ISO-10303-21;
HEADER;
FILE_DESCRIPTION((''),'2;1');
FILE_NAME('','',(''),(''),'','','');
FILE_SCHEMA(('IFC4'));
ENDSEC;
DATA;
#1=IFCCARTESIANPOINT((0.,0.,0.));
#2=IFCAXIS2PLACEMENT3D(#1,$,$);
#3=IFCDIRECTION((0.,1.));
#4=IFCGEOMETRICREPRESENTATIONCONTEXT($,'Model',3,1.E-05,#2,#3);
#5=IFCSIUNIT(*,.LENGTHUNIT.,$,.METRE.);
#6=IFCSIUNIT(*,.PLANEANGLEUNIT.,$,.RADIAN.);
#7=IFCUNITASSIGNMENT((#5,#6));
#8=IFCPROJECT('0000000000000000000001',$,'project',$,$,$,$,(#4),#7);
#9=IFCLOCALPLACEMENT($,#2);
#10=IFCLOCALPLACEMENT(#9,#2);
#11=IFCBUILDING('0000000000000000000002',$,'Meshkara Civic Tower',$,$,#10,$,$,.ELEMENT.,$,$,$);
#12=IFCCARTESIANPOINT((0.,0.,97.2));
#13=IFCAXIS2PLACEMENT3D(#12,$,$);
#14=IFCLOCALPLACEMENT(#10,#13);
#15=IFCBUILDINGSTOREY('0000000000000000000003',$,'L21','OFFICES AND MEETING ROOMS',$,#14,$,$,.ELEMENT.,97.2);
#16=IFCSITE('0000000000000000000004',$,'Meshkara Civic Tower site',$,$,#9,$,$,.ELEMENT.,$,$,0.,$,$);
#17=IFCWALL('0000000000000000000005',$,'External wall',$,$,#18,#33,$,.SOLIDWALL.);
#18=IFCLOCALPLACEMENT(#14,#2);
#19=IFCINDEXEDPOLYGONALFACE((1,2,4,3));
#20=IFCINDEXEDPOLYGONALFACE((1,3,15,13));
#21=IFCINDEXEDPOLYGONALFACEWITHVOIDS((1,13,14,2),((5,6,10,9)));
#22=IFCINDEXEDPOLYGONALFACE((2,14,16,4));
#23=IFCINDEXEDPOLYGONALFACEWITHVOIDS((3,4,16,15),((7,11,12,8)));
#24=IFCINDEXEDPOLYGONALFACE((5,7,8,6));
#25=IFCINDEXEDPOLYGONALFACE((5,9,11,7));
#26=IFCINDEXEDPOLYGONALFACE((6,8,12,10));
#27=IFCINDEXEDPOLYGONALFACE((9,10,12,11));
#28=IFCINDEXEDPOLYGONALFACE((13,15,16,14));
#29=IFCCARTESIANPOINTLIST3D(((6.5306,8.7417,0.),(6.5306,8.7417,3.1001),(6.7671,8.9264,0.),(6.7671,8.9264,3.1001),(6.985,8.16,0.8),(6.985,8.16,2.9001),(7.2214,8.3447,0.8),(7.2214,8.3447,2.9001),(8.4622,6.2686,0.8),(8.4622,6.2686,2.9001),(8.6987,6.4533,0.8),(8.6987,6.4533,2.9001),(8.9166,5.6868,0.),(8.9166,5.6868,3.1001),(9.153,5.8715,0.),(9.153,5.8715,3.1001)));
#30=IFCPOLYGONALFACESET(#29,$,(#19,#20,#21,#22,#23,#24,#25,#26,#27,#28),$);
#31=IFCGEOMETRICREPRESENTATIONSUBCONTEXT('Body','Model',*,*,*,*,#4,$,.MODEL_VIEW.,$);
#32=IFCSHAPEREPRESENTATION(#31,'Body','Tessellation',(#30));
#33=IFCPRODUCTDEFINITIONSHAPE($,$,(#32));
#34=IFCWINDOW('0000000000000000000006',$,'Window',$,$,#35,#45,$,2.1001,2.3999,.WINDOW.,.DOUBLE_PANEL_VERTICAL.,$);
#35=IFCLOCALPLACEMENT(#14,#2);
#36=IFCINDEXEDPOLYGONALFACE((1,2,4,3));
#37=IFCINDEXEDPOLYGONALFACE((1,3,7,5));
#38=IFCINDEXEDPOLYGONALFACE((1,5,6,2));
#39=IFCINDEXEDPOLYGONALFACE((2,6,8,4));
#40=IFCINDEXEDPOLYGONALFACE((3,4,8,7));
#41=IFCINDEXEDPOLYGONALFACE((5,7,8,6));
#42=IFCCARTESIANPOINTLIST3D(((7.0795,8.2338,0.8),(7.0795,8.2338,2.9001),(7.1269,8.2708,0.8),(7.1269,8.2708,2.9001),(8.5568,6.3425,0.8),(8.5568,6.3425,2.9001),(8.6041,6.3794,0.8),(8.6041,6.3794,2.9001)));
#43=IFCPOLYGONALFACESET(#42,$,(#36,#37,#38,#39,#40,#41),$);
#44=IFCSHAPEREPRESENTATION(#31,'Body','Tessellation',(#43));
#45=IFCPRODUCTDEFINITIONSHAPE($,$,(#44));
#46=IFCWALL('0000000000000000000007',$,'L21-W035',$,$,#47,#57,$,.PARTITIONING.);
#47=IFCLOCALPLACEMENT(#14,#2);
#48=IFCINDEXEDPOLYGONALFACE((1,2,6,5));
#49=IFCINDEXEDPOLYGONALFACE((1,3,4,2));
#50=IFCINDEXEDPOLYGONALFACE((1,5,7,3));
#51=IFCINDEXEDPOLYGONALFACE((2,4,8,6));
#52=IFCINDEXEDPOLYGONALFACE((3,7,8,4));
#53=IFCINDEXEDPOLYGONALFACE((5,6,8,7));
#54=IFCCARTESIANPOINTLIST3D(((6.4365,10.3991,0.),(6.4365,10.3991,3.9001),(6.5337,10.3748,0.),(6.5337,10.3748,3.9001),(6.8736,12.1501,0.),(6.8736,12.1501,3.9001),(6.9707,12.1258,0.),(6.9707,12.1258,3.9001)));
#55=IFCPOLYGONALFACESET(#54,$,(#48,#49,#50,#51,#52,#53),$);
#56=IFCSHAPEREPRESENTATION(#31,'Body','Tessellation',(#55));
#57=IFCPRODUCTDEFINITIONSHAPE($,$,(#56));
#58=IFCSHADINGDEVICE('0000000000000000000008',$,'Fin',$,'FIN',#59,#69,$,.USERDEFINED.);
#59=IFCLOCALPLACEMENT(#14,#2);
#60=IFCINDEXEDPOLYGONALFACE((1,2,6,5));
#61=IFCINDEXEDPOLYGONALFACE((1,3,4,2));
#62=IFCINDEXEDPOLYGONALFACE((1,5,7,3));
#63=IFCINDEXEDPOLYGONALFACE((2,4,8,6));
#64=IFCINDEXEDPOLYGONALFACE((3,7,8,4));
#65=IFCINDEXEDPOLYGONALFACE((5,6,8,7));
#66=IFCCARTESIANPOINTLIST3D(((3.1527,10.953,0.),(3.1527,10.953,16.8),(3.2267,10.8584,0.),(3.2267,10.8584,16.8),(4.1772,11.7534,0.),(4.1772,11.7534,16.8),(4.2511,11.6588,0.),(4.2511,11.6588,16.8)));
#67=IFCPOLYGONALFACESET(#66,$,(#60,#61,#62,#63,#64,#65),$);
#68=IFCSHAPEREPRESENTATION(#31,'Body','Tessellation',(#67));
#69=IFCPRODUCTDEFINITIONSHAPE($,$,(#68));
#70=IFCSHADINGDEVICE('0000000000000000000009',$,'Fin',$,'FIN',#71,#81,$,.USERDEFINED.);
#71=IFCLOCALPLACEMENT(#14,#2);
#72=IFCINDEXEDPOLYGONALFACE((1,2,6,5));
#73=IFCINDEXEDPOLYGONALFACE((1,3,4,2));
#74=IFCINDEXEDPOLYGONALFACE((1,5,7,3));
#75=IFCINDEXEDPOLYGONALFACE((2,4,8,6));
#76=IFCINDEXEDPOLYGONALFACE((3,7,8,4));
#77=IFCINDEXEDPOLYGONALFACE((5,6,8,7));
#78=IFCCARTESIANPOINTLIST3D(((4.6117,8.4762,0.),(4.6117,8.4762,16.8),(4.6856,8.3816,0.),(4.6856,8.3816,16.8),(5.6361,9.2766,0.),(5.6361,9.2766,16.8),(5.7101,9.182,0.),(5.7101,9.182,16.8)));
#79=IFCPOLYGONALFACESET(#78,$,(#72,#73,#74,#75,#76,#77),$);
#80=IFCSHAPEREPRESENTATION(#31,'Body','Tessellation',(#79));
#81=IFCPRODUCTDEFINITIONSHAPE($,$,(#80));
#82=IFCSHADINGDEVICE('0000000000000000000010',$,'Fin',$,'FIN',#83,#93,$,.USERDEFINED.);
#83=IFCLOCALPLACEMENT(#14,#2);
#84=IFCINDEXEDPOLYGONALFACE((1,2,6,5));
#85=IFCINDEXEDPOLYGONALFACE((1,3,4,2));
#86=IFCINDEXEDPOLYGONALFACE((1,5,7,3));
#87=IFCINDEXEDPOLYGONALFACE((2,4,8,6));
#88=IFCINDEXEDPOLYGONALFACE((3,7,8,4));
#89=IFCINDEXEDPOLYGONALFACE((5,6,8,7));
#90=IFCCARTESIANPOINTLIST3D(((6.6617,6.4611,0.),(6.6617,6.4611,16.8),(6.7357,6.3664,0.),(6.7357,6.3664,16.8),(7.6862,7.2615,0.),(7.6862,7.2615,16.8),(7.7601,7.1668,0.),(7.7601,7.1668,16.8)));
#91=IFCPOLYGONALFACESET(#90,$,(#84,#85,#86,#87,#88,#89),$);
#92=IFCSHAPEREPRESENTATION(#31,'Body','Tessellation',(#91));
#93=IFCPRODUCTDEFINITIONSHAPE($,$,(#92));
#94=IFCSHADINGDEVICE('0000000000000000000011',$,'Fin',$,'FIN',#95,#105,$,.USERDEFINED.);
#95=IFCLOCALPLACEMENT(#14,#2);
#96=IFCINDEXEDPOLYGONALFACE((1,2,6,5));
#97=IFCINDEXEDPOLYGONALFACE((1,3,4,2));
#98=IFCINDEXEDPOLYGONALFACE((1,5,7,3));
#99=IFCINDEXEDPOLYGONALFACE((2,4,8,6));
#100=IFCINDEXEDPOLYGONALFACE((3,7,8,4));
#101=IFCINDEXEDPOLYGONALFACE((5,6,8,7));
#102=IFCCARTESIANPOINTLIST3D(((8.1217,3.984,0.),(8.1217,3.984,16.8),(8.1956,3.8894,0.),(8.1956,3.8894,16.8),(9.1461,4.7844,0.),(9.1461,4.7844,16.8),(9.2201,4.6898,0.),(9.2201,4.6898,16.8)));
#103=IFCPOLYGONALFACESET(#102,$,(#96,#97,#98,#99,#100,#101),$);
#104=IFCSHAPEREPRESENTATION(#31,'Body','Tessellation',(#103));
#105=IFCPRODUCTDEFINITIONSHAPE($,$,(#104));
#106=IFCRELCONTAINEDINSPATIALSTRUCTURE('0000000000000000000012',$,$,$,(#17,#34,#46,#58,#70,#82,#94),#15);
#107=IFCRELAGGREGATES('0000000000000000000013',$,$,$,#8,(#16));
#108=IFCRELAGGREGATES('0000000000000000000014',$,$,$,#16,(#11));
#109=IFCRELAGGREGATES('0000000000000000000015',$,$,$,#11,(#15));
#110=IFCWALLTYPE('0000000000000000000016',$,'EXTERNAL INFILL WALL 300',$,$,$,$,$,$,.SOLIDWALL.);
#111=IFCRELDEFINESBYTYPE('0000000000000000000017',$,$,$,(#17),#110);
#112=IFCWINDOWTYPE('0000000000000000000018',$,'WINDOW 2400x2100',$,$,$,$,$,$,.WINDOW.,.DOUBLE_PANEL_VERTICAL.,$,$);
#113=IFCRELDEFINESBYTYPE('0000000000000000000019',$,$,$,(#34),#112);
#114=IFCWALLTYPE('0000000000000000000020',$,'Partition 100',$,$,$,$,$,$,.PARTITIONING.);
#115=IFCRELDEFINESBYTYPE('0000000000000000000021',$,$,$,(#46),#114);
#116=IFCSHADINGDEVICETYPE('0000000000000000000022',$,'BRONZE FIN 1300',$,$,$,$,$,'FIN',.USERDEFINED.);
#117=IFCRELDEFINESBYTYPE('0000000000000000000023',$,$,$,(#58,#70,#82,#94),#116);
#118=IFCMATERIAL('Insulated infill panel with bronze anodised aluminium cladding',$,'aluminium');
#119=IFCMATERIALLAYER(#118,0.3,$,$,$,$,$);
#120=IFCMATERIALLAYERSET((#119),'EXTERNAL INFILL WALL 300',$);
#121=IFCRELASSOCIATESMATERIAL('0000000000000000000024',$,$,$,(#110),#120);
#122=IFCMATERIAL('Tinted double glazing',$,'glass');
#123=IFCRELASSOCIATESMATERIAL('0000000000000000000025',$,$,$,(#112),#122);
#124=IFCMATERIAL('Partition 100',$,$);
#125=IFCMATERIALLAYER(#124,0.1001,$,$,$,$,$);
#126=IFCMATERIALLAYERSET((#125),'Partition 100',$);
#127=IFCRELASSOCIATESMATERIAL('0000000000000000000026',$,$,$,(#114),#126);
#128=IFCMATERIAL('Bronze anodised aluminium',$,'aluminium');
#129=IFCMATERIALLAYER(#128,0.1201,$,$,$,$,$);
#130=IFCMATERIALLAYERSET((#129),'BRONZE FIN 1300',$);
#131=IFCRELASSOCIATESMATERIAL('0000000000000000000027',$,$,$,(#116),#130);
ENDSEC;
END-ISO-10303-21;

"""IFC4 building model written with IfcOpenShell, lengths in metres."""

from ifc_helpers import new_model, si_unit, direction, frame, frame_2d, origin, origin_2d, place, context, subcontext, project, spatial, rectangle, extrude, material, layer, layer_set, type_object, element, fill, save


model = new_model("IFC4")

# Units and contexts
model_context = context("Model", 3, precision=1e-05, world=origin(), true_north=direction((0.0, 1.0)))
body_context = subcontext(model_context, "Body", "Model", "MODEL_VIEW")
ifc_project = project(units=[si_unit("LENGTHUNIT", "METRE"), si_unit("PLANEANGLEUNIT", "RADIAN")], contexts=[model_context])

# Site, building, storey
site_placement = place(None, origin())
site = spatial("IfcSite", under=ifc_project, at=site_placement, Name="Meshkara Civic Tower site", CompositionType="ELEMENT", RefElevation=0.0)
building_placement = place(site_placement, origin())
building = spatial("IfcBuilding", under=site, at=building_placement, Name="Meshkara Civic Tower", CompositionType="ELEMENT")
storey_placement = place(building_placement, frame((0.0, 0.0, 97.2)))
storey = spatial("IfcBuildingStorey", under=building, at=storey_placement, Name="L21", Description="OFFICES AND MEETING ROOMS", CompositionType="ELEMENT", Elevation=97.2)

# Wall, opening, window
ifc_material_1 = material(Name="Insulated infill panel with bronze anodised aluminium cladding", Category="aluminium")
ifc_layer_1 = layer(ifc_material_1, 0.3)
ifc_layer_set_1 = layer_set([ifc_layer_1], Name="EXTERNAL INFILL WALL 300")
wall_type_1 = type_object("IfcWallType", Name="EXTERNAL INFILL WALL 300", PredefinedType="SOLIDWALL", material=ifc_layer_set_1)
wall_1_placement = place(storey_placement, frame((6.6489, 8.834, 0.0), z_axis=(0.0, 0.0, 1.0), x_axis=(0.615535, -0.788109, 0.0)))
wall_1 = element("IfcWall", 1, at=wall_1_placement, inside=storey, type_object=wall_type_1, Name="External wall", PredefinedType="SOLIDWALL", context=body_context, shape_type="SweptSolid", body=[
    extrude(rectangle(XDim=3.8762, YDim=0.3, at=frame_2d((1.938, 0.0))), origin(), (0.0, 0.0, 1.0), 3.1001),
])
opening_1_placement = place(wall_1_placement, frame((0.738, 0.0, 0.8)))
opening_1 = element("IfcOpeningElement", 2, at=opening_1_placement, cuts=wall_1, PredefinedType="OPENING", context=body_context, shape_type="SweptSolid", body=[
    extrude(rectangle(XDim=2.3999, YDim=2.1001, at=frame_2d((1.2, 1.05))), frame((0.0, 0.1599, 0.0), z_axis=(0.0, -1.0, 0.0), x_axis=(1.0, 0.0, 0.0)), (0.0, 0.0, 1.0), 0.3201),
])
ifc_material_2 = material(Name="Tinted double glazing", Category="glass")
window_type = type_object("IfcWindowType", Name="WINDOW 2400x2100", PartitioningType="DOUBLE_PANEL_VERTICAL", PredefinedType="WINDOW", material=ifc_material_2)
window_placement = place(opening_1_placement, origin())
window = element("IfcWindow", 3, at=window_placement, inside=storey, type_object=window_type, Name="Window", OverallHeight=2.1001, OverallWidth=2.3999, PartitioningType="DOUBLE_PANEL_VERTICAL", PredefinedType="WINDOW", context=body_context, shape_type="SweptSolid", body=[
    extrude(rectangle(XDim=2.3999, YDim=2.1001, at=frame_2d((1.2, 1.05))), frame((0.0, 0.03, 0.0), z_axis=(0.0, -1.0, 0.0), x_axis=(1.0, 0.0, 0.0)), (0.0, 0.0, 1.0), 0.0601),
])
fill(opening_1, window)

# Wall
ifc_material_3 = material(Name="Partition 100")
ifc_layer_2 = layer(ifc_material_3, 0.1001)
ifc_layer_set_2 = layer_set([ifc_layer_2], Name="Partition 100")
wall_type_2 = type_object("IfcWallType", Name="Partition 100", PredefinedType="PARTITIONING", material=ifc_layer_set_2)
wall_2_placement = place(storey_placement, frame((6.9221, 12.1379, 0.0), z_axis=(0.0, 0.0, 1.0), x_axis=(-0.242154, -0.970238, 0.0)))
element("IfcWall", 4, at=wall_2_placement, inside=storey, type_object=wall_type_2, Name="L21-W035", PredefinedType="PARTITIONING", context=body_context, shape_type="SweptSolid", body=[
    extrude(rectangle(XDim=1.8047, YDim=0.1001, at=frame_2d((0.9023, 0.0))), origin(), (0.0, 0.0, 1.0), 3.9001),
])

# Shading devices
ifc_material_4 = material(Name="Bronze anodised aluminium", Category="aluminium")
ifc_layer_3 = layer(ifc_material_4, 0.1201)
ifc_layer_set_3 = layer_set([ifc_layer_3], Name="BRONZE FIN 1300")
shading_device_type = type_object("IfcShadingDeviceType", Name="BRONZE FIN 1300", ElementType="FIN", PredefinedType="USERDEFINED", material=ifc_layer_set_3)
for number, where, z_axis, x_axis, name in (
    (5, (3.7019, 11.3059, 0.0), (0.0, 0.0, 1.0), (0.615661, -0.788011, 0.0), "Fin"),
    (6, (5.1609, 8.8291, 0.0), (0.0, 0.0, 1.0), (0.615661, -0.788011, 0.0), "Fin"),
    (7, (7.2109, 6.814, 0.0), (0.0, 0.0, 1.0), (0.615661, -0.788011, 0.0), "Fin"),
    (8, (8.6709, 4.3369, 0.0), (0.0, 0.0, 1.0), (0.615661, -0.788011, 0.0), "Fin"),
):
    element("IfcShadingDevice", number, at=place(storey_placement, frame(where, z_axis=z_axis, x_axis=x_axis)), inside=storey, type_object=shading_device_type, Name=name, ObjectType="FIN", PredefinedType="USERDEFINED", context=body_context, shape_type="SweptSolid", body=[
        extrude(rectangle(XDim=0.1201, YDim=1.3, at=origin_2d()), origin(), (0.0, 0.0, 1.0), 16.8),
    ])

save(model, "model.ifc")
